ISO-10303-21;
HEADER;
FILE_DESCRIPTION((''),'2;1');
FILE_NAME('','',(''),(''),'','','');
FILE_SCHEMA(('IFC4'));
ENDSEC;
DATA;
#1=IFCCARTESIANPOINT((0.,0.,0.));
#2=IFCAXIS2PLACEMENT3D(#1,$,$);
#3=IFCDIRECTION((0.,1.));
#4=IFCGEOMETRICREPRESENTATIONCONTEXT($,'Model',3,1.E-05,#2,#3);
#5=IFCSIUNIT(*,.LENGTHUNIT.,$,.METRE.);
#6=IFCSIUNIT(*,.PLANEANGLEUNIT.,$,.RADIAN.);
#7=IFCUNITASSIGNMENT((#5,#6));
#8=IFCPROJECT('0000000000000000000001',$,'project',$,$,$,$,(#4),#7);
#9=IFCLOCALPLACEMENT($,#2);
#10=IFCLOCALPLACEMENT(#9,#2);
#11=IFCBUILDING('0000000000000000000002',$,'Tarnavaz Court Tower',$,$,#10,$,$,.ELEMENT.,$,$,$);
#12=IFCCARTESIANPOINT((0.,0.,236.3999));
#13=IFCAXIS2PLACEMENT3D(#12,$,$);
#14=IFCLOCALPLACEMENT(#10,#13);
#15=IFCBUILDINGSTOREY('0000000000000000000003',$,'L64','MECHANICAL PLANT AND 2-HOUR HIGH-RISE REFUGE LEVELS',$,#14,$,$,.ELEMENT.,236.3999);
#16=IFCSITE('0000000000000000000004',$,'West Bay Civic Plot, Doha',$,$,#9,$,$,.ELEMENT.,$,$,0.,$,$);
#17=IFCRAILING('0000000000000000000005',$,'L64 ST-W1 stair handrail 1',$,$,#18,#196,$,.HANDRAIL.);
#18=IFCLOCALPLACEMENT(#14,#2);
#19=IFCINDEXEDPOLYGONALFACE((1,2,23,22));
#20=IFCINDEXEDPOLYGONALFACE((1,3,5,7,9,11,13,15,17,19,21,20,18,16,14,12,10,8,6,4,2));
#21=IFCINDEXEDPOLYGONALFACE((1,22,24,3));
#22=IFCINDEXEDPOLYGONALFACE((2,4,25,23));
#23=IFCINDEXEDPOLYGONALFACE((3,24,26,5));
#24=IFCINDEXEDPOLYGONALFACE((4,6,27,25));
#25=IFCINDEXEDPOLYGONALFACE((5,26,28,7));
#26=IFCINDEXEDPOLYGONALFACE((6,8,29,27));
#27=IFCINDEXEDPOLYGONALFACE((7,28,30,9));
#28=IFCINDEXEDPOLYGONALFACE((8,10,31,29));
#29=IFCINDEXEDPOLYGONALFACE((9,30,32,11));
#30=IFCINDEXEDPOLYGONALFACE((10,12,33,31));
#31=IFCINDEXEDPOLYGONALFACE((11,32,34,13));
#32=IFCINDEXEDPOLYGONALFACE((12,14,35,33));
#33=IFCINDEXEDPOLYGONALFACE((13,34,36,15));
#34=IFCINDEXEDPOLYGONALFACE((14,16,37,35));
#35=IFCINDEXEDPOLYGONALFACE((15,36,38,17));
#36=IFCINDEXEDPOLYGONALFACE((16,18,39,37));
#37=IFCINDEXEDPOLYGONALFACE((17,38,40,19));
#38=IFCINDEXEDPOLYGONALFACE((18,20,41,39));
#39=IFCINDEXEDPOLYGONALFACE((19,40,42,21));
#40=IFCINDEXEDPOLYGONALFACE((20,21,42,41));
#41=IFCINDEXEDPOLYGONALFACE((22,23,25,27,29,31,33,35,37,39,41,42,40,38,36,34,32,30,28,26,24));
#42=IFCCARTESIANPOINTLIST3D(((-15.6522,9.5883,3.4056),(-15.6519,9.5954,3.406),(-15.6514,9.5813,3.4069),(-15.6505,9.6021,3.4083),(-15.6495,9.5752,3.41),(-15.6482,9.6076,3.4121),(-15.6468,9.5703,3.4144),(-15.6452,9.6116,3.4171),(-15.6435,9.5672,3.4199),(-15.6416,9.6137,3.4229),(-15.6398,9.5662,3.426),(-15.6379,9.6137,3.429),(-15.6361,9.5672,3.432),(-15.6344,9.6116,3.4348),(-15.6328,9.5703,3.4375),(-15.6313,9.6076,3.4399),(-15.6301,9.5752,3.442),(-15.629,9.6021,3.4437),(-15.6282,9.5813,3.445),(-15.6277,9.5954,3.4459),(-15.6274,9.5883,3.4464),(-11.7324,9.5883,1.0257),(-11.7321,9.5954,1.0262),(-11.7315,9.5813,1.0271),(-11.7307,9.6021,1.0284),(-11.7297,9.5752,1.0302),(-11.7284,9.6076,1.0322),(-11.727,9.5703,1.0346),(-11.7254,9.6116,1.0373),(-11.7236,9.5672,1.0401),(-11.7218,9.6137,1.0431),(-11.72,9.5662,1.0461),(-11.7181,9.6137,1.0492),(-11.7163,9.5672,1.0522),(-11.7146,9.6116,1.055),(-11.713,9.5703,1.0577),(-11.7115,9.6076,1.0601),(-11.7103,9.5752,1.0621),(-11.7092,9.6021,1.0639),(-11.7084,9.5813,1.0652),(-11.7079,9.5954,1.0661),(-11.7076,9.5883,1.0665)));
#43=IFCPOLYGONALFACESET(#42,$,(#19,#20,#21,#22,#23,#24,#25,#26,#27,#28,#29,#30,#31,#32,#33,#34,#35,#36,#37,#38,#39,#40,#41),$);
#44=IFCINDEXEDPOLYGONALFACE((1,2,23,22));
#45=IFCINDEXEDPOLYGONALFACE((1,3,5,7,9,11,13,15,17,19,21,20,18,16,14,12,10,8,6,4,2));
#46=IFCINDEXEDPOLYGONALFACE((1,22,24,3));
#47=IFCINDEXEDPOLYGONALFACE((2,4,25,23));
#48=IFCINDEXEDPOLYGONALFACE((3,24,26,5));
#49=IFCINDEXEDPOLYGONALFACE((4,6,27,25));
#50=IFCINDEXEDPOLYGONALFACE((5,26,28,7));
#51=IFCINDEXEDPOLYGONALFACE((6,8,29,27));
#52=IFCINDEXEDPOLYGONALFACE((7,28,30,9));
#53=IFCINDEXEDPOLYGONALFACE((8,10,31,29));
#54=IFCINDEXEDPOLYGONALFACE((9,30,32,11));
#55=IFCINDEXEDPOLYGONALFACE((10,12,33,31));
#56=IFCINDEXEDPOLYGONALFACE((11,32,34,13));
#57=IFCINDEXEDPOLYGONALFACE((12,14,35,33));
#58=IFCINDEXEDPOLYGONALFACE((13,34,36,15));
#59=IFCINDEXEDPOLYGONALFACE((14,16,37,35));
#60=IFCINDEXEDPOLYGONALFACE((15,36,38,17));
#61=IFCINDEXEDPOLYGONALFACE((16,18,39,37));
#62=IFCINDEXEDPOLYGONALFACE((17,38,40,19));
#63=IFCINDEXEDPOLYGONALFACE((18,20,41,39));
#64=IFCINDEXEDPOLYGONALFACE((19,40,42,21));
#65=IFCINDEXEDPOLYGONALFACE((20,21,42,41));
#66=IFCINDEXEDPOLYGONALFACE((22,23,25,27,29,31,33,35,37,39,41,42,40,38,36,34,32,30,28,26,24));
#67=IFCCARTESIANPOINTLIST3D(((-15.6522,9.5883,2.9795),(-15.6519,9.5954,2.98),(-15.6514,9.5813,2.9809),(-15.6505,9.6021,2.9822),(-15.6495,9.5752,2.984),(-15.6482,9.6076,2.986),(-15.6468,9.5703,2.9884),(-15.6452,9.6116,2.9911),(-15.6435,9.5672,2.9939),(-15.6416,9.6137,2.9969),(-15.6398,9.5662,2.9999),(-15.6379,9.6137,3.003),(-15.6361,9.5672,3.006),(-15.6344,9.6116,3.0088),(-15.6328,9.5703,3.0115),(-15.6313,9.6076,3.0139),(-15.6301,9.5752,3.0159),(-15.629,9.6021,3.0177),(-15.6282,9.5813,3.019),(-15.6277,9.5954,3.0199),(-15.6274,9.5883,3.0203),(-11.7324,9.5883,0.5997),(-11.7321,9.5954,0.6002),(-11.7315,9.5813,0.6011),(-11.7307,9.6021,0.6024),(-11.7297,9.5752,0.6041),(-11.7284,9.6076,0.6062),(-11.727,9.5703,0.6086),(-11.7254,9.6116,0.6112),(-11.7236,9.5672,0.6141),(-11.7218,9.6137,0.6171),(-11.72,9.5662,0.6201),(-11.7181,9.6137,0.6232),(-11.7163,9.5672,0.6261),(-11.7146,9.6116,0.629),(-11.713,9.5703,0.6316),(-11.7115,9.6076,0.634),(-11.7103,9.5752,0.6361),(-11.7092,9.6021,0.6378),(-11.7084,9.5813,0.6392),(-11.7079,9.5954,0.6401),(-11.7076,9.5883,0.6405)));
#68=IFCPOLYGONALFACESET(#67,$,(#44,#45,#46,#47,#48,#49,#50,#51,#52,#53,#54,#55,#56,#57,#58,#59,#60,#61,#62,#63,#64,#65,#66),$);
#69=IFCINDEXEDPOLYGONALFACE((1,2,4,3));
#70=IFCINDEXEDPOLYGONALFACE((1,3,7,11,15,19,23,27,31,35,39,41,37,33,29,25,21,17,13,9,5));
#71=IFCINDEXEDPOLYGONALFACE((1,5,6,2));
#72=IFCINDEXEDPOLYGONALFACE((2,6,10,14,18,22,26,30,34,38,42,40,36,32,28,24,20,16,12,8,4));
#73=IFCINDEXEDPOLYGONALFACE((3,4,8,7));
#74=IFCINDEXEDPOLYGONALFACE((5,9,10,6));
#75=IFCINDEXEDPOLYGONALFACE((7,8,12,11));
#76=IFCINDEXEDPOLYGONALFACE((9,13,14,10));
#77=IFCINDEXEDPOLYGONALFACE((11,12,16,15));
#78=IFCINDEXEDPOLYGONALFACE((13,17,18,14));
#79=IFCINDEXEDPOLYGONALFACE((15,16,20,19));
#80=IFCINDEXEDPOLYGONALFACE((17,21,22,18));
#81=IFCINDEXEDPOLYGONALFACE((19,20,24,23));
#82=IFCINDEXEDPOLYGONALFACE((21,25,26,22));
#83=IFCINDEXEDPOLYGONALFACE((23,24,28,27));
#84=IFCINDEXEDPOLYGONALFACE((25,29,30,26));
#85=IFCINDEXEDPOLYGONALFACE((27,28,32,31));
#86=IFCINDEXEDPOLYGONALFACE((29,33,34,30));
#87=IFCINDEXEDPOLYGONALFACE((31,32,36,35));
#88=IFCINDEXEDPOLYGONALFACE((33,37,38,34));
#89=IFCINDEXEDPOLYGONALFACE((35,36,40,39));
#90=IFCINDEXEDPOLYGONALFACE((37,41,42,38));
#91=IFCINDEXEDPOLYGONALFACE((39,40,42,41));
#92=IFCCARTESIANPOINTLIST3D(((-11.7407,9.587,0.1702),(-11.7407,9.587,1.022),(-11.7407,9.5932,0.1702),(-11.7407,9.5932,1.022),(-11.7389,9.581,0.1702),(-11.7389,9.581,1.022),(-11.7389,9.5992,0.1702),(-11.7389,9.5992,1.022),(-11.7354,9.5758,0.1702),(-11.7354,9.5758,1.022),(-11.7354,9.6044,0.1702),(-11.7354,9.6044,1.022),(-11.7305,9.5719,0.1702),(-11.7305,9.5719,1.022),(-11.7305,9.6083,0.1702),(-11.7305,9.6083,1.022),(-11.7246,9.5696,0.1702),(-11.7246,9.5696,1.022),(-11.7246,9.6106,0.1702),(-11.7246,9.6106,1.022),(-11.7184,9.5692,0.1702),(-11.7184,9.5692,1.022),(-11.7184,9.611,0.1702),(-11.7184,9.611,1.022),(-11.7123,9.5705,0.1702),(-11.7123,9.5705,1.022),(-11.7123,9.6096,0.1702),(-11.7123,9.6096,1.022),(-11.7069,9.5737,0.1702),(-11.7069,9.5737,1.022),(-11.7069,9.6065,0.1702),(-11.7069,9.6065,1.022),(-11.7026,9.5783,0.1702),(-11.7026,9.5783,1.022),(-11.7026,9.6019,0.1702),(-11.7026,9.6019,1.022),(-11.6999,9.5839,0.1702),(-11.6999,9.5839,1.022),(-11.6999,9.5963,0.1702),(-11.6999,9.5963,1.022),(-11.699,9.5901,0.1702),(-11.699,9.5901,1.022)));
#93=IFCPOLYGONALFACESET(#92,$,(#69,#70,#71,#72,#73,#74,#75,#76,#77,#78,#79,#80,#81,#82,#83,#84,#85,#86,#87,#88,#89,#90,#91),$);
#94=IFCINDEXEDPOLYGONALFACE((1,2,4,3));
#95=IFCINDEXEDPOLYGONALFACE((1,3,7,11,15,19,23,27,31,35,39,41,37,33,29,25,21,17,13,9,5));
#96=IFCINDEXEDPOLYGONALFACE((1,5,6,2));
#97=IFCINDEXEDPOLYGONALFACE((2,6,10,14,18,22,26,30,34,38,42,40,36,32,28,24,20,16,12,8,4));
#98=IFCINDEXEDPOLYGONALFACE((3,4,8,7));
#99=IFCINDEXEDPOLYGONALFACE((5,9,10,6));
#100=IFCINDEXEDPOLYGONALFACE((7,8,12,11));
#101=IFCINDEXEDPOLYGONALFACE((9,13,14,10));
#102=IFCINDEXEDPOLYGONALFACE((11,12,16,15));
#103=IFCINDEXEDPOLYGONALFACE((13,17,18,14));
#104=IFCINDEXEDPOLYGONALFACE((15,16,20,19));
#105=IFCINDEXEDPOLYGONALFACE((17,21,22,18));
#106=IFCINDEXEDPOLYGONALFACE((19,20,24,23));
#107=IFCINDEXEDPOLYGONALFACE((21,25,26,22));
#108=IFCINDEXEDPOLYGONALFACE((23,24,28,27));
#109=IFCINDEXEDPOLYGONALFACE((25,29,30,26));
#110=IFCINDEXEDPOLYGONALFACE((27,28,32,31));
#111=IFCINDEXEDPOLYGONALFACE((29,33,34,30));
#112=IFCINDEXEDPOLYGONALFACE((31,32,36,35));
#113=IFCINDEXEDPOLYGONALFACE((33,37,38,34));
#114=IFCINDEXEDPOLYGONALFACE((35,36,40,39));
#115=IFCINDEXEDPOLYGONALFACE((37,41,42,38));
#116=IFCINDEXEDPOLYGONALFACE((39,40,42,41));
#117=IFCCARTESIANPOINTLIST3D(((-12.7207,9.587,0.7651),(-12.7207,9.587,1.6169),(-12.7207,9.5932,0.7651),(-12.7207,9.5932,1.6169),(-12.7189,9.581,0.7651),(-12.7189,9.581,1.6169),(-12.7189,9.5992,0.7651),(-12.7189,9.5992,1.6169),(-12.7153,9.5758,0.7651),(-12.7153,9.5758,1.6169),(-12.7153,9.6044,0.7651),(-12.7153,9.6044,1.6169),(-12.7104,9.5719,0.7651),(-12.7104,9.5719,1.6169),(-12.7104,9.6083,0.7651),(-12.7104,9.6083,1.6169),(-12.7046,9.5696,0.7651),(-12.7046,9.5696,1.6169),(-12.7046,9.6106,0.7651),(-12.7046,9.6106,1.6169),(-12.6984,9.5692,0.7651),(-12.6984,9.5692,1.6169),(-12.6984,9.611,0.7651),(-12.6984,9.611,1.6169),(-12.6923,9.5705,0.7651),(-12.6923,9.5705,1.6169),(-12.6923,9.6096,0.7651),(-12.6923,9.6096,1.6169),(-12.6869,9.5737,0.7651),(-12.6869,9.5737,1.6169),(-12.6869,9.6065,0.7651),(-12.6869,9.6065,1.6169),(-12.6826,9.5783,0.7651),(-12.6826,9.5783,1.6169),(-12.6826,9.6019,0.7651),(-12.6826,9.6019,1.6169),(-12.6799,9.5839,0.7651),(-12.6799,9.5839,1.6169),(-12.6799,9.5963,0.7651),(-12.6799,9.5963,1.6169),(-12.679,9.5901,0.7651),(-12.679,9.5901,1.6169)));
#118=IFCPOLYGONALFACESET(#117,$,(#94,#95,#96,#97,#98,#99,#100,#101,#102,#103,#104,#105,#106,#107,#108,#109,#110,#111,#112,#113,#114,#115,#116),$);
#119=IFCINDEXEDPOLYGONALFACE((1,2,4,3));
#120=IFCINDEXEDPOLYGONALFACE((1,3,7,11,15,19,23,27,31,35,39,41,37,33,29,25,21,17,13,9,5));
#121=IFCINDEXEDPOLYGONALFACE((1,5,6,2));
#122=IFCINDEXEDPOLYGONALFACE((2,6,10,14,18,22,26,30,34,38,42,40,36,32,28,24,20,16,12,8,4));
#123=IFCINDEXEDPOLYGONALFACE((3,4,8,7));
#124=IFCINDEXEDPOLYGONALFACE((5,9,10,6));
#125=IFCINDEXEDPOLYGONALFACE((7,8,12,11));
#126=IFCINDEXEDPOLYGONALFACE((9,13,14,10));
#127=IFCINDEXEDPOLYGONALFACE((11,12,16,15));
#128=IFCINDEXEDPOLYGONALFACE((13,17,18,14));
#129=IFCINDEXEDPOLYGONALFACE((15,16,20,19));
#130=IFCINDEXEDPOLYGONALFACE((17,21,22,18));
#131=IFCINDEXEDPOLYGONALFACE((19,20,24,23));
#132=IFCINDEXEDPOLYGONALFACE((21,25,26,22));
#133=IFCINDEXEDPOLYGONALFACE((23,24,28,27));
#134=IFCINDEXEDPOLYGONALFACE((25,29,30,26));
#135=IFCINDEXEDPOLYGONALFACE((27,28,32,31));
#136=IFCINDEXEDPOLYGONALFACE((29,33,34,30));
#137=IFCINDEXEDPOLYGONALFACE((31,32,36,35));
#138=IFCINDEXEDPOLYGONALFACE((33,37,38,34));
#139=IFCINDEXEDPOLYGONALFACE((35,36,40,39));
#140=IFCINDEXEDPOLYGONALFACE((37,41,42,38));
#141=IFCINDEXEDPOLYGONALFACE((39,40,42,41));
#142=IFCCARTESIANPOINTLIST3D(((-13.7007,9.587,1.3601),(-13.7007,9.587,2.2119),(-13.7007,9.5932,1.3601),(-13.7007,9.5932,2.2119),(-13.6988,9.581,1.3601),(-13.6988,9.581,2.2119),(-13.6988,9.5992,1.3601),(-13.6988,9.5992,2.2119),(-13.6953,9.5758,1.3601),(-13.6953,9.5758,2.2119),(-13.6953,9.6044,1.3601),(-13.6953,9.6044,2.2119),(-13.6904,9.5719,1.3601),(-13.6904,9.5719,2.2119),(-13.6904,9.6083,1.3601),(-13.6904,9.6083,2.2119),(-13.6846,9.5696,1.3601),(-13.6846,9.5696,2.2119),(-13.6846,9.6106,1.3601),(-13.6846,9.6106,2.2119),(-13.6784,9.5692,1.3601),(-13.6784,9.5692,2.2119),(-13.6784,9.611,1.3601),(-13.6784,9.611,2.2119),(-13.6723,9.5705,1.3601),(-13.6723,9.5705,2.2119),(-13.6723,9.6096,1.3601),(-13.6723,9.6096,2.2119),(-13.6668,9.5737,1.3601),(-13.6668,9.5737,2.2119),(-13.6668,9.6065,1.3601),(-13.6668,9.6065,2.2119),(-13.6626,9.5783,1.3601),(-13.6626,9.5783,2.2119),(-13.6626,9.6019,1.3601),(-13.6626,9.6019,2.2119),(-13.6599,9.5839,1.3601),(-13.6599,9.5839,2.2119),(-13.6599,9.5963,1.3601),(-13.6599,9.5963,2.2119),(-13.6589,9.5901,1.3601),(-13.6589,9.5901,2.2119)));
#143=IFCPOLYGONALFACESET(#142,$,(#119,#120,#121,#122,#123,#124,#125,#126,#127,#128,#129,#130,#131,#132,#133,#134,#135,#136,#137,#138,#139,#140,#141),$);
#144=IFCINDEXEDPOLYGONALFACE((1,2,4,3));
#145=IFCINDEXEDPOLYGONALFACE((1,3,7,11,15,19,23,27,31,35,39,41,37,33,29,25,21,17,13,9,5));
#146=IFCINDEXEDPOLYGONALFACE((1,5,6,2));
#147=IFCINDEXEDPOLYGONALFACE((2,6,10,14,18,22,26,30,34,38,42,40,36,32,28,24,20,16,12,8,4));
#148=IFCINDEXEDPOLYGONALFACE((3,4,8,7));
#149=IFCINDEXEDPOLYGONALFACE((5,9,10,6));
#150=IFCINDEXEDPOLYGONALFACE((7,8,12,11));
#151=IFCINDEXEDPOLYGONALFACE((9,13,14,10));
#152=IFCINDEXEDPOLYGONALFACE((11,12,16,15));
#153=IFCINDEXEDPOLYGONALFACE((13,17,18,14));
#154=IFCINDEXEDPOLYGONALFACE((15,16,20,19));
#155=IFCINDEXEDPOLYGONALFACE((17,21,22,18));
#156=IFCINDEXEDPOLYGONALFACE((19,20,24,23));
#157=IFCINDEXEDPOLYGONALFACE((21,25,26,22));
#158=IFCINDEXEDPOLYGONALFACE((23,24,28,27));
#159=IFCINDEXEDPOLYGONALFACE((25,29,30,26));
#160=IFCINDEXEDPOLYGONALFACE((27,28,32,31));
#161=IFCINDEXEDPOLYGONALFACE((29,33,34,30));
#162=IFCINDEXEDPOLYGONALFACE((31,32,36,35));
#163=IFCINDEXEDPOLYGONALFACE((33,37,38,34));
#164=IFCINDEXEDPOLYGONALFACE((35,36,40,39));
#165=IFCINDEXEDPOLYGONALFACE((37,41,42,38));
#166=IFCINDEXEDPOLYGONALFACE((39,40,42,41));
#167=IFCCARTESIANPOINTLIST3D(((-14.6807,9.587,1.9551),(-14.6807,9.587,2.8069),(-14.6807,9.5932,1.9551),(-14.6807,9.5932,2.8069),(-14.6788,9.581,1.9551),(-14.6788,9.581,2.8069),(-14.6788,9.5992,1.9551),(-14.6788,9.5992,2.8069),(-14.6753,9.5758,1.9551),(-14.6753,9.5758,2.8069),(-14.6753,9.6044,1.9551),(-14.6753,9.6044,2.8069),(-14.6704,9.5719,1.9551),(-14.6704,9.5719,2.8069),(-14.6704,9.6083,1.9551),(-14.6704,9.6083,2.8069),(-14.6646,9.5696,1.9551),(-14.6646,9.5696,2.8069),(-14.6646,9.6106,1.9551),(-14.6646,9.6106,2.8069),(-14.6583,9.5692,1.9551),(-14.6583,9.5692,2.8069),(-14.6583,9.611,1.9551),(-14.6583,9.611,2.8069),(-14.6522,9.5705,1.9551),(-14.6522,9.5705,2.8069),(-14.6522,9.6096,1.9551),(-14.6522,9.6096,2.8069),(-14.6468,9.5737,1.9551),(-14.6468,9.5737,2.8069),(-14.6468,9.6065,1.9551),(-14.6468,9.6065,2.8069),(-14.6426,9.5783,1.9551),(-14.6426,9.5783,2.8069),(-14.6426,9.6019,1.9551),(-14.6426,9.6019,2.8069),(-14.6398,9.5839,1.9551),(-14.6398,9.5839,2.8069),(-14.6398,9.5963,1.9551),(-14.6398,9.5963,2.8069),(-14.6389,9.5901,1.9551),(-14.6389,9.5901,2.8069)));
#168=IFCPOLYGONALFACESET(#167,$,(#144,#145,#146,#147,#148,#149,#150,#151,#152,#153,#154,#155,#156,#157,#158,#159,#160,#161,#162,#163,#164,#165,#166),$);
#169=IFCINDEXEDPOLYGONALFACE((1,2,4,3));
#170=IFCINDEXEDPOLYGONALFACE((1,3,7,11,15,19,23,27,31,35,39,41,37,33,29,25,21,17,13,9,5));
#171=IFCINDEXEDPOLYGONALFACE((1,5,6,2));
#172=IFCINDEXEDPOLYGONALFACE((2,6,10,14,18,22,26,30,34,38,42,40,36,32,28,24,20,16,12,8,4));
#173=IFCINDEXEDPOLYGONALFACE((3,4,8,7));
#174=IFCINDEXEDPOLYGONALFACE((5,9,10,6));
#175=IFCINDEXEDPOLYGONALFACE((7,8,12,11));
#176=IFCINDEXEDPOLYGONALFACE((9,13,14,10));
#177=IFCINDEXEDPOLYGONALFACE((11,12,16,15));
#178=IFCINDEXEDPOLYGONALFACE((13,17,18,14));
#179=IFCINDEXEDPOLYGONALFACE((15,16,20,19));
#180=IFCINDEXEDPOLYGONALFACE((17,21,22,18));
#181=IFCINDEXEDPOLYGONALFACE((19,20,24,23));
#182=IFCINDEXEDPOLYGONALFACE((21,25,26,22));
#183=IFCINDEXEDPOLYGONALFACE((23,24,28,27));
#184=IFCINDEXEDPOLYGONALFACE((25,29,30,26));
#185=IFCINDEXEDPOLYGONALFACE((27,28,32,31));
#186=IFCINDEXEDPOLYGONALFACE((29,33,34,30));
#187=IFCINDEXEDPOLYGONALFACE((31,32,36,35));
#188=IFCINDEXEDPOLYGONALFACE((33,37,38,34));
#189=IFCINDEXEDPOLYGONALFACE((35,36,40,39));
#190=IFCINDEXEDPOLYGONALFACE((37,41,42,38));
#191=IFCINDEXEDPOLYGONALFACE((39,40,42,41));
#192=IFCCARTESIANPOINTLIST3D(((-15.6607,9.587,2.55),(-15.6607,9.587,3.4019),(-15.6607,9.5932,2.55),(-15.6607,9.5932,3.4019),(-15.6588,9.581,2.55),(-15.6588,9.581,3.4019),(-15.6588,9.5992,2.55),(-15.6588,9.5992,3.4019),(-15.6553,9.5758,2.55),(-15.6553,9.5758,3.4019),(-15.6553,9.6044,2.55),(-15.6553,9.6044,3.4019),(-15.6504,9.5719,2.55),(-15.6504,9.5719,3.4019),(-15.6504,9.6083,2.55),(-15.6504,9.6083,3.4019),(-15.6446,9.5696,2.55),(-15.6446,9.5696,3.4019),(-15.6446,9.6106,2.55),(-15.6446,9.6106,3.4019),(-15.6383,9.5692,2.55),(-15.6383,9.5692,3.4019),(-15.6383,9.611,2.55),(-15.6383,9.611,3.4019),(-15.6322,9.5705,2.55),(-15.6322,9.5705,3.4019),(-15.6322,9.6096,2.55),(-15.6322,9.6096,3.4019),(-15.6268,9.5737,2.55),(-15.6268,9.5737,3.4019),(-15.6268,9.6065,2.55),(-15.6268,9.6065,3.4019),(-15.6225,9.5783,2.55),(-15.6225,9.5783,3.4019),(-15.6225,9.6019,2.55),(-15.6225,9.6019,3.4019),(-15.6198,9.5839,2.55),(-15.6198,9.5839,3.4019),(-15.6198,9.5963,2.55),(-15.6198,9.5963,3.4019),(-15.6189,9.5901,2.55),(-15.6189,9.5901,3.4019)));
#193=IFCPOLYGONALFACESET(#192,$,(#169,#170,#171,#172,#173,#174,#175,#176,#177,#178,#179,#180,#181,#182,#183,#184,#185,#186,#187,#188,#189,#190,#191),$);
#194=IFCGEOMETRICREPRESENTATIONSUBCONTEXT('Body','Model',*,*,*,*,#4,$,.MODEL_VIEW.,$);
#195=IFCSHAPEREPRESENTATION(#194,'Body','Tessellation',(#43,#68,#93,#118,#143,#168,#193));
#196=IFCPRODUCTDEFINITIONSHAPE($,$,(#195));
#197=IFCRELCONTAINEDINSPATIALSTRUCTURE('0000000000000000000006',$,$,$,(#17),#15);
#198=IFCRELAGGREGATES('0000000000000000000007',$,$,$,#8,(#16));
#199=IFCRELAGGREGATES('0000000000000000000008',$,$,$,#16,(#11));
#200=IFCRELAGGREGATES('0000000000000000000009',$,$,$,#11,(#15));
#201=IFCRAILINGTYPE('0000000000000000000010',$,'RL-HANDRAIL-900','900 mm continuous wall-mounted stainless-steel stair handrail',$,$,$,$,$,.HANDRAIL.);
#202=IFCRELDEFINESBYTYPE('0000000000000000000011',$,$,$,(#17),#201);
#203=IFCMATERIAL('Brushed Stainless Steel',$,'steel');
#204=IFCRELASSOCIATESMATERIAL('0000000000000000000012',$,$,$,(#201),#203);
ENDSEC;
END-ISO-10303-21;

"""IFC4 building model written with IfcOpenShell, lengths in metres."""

from ifc_helpers import new_model, si_unit, direction, frame, origin, origin_2d, place, context, subcontext, project, spatial, circle, extrude, material, type_object, element, save


model = new_model("IFC4")

# Units and contexts
model_context = context("Model", 3, precision=1e-05, world=origin(), true_north=direction((0.0, 1.0)))
body_context = subcontext(model_context, "Body", "Model", "MODEL_VIEW")
ifc_project = project(units=[si_unit("LENGTHUNIT", "METRE"), si_unit("PLANEANGLEUNIT", "RADIAN")], contexts=[model_context])

# Site, building, storey
site_placement = place(None, origin())
site = spatial("IfcSite", under=ifc_project, at=site_placement, Name="West Bay Civic Plot, Doha", CompositionType="ELEMENT", RefElevation=0.0)
building_placement = place(site_placement, origin())
building = spatial("IfcBuilding", under=site, at=building_placement, Name="Tarnavaz Court Tower", CompositionType="ELEMENT")
storey_placement = place(building_placement, frame((0.0, 0.0, 236.3999)))
storey = spatial("IfcBuildingStorey", under=building, at=storey_placement, Name="L64", Description="MECHANICAL PLANT AND 2-HOUR HIGH-RISE REFUGE LEVELS", CompositionType="ELEMENT", Elevation=236.3999)

# Railing
ifc_material_1 = material(Name="Brushed Stainless Steel", Category="steel")
railing_type_1 = type_object("IfcRailingType", Name="RL-HANDRAIL-900", Description="900 mm continuous wall-mounted stainless-steel stair handrail", PredefinedType="HANDRAIL", material=ifc_material_1)
railing_1_placement = place(storey_placement, frame((-11.72, 9.5901, 0.1702)))
element("IfcRailing", 1, at=railing_1_placement, inside=storey, type_object=railing_type_1, Name="L64 ST-W1 stair handrail 1", PredefinedType="HANDRAIL", context=body_context, shape_type="SweptSolid", body=[
    extrude(circle(Radius=0.0239, at=origin_2d()), frame((0.0, 0.0, 0.876), z_axis=(-0.854794, 0.0, 0.518967), x_axis=(0.0, -1.0, 0.0)), (0.0, 0.0, 1.0), 4.5857),
    extrude(circle(Radius=0.0239, at=origin_2d()), frame((0.0, 0.0, 0.45), z_axis=(-0.854794, 0.0, 0.518967), x_axis=(0.0, -1.0, 0.0)), (0.0, 0.0, 1.0), 4.5857),
    extrude(circle(Radius=0.021, at=origin_2d()), origin(), (0.0, 0.0, 1.0), 0.8518),
    extrude(circle(Radius=0.021, at=origin_2d()), frame((-0.98, 0.0, 0.595)), (0.0, 0.0, 1.0), 0.8518),
    extrude(circle(Radius=0.021, at=origin_2d()), frame((-1.96, 0.0, 1.1899)), (0.0, 0.0, 1.0), 0.8518),
    extrude(circle(Radius=0.021, at=origin_2d()), frame((-2.9399, 0.0, 1.7849)), (0.0, 0.0, 1.0), 0.8518),
    extrude(circle(Radius=0.021, at=origin_2d()), frame((-3.9199, 0.0, 2.3799)), (0.0, 0.0, 1.0), 0.8518),
])

save(model, "model.ifc")
